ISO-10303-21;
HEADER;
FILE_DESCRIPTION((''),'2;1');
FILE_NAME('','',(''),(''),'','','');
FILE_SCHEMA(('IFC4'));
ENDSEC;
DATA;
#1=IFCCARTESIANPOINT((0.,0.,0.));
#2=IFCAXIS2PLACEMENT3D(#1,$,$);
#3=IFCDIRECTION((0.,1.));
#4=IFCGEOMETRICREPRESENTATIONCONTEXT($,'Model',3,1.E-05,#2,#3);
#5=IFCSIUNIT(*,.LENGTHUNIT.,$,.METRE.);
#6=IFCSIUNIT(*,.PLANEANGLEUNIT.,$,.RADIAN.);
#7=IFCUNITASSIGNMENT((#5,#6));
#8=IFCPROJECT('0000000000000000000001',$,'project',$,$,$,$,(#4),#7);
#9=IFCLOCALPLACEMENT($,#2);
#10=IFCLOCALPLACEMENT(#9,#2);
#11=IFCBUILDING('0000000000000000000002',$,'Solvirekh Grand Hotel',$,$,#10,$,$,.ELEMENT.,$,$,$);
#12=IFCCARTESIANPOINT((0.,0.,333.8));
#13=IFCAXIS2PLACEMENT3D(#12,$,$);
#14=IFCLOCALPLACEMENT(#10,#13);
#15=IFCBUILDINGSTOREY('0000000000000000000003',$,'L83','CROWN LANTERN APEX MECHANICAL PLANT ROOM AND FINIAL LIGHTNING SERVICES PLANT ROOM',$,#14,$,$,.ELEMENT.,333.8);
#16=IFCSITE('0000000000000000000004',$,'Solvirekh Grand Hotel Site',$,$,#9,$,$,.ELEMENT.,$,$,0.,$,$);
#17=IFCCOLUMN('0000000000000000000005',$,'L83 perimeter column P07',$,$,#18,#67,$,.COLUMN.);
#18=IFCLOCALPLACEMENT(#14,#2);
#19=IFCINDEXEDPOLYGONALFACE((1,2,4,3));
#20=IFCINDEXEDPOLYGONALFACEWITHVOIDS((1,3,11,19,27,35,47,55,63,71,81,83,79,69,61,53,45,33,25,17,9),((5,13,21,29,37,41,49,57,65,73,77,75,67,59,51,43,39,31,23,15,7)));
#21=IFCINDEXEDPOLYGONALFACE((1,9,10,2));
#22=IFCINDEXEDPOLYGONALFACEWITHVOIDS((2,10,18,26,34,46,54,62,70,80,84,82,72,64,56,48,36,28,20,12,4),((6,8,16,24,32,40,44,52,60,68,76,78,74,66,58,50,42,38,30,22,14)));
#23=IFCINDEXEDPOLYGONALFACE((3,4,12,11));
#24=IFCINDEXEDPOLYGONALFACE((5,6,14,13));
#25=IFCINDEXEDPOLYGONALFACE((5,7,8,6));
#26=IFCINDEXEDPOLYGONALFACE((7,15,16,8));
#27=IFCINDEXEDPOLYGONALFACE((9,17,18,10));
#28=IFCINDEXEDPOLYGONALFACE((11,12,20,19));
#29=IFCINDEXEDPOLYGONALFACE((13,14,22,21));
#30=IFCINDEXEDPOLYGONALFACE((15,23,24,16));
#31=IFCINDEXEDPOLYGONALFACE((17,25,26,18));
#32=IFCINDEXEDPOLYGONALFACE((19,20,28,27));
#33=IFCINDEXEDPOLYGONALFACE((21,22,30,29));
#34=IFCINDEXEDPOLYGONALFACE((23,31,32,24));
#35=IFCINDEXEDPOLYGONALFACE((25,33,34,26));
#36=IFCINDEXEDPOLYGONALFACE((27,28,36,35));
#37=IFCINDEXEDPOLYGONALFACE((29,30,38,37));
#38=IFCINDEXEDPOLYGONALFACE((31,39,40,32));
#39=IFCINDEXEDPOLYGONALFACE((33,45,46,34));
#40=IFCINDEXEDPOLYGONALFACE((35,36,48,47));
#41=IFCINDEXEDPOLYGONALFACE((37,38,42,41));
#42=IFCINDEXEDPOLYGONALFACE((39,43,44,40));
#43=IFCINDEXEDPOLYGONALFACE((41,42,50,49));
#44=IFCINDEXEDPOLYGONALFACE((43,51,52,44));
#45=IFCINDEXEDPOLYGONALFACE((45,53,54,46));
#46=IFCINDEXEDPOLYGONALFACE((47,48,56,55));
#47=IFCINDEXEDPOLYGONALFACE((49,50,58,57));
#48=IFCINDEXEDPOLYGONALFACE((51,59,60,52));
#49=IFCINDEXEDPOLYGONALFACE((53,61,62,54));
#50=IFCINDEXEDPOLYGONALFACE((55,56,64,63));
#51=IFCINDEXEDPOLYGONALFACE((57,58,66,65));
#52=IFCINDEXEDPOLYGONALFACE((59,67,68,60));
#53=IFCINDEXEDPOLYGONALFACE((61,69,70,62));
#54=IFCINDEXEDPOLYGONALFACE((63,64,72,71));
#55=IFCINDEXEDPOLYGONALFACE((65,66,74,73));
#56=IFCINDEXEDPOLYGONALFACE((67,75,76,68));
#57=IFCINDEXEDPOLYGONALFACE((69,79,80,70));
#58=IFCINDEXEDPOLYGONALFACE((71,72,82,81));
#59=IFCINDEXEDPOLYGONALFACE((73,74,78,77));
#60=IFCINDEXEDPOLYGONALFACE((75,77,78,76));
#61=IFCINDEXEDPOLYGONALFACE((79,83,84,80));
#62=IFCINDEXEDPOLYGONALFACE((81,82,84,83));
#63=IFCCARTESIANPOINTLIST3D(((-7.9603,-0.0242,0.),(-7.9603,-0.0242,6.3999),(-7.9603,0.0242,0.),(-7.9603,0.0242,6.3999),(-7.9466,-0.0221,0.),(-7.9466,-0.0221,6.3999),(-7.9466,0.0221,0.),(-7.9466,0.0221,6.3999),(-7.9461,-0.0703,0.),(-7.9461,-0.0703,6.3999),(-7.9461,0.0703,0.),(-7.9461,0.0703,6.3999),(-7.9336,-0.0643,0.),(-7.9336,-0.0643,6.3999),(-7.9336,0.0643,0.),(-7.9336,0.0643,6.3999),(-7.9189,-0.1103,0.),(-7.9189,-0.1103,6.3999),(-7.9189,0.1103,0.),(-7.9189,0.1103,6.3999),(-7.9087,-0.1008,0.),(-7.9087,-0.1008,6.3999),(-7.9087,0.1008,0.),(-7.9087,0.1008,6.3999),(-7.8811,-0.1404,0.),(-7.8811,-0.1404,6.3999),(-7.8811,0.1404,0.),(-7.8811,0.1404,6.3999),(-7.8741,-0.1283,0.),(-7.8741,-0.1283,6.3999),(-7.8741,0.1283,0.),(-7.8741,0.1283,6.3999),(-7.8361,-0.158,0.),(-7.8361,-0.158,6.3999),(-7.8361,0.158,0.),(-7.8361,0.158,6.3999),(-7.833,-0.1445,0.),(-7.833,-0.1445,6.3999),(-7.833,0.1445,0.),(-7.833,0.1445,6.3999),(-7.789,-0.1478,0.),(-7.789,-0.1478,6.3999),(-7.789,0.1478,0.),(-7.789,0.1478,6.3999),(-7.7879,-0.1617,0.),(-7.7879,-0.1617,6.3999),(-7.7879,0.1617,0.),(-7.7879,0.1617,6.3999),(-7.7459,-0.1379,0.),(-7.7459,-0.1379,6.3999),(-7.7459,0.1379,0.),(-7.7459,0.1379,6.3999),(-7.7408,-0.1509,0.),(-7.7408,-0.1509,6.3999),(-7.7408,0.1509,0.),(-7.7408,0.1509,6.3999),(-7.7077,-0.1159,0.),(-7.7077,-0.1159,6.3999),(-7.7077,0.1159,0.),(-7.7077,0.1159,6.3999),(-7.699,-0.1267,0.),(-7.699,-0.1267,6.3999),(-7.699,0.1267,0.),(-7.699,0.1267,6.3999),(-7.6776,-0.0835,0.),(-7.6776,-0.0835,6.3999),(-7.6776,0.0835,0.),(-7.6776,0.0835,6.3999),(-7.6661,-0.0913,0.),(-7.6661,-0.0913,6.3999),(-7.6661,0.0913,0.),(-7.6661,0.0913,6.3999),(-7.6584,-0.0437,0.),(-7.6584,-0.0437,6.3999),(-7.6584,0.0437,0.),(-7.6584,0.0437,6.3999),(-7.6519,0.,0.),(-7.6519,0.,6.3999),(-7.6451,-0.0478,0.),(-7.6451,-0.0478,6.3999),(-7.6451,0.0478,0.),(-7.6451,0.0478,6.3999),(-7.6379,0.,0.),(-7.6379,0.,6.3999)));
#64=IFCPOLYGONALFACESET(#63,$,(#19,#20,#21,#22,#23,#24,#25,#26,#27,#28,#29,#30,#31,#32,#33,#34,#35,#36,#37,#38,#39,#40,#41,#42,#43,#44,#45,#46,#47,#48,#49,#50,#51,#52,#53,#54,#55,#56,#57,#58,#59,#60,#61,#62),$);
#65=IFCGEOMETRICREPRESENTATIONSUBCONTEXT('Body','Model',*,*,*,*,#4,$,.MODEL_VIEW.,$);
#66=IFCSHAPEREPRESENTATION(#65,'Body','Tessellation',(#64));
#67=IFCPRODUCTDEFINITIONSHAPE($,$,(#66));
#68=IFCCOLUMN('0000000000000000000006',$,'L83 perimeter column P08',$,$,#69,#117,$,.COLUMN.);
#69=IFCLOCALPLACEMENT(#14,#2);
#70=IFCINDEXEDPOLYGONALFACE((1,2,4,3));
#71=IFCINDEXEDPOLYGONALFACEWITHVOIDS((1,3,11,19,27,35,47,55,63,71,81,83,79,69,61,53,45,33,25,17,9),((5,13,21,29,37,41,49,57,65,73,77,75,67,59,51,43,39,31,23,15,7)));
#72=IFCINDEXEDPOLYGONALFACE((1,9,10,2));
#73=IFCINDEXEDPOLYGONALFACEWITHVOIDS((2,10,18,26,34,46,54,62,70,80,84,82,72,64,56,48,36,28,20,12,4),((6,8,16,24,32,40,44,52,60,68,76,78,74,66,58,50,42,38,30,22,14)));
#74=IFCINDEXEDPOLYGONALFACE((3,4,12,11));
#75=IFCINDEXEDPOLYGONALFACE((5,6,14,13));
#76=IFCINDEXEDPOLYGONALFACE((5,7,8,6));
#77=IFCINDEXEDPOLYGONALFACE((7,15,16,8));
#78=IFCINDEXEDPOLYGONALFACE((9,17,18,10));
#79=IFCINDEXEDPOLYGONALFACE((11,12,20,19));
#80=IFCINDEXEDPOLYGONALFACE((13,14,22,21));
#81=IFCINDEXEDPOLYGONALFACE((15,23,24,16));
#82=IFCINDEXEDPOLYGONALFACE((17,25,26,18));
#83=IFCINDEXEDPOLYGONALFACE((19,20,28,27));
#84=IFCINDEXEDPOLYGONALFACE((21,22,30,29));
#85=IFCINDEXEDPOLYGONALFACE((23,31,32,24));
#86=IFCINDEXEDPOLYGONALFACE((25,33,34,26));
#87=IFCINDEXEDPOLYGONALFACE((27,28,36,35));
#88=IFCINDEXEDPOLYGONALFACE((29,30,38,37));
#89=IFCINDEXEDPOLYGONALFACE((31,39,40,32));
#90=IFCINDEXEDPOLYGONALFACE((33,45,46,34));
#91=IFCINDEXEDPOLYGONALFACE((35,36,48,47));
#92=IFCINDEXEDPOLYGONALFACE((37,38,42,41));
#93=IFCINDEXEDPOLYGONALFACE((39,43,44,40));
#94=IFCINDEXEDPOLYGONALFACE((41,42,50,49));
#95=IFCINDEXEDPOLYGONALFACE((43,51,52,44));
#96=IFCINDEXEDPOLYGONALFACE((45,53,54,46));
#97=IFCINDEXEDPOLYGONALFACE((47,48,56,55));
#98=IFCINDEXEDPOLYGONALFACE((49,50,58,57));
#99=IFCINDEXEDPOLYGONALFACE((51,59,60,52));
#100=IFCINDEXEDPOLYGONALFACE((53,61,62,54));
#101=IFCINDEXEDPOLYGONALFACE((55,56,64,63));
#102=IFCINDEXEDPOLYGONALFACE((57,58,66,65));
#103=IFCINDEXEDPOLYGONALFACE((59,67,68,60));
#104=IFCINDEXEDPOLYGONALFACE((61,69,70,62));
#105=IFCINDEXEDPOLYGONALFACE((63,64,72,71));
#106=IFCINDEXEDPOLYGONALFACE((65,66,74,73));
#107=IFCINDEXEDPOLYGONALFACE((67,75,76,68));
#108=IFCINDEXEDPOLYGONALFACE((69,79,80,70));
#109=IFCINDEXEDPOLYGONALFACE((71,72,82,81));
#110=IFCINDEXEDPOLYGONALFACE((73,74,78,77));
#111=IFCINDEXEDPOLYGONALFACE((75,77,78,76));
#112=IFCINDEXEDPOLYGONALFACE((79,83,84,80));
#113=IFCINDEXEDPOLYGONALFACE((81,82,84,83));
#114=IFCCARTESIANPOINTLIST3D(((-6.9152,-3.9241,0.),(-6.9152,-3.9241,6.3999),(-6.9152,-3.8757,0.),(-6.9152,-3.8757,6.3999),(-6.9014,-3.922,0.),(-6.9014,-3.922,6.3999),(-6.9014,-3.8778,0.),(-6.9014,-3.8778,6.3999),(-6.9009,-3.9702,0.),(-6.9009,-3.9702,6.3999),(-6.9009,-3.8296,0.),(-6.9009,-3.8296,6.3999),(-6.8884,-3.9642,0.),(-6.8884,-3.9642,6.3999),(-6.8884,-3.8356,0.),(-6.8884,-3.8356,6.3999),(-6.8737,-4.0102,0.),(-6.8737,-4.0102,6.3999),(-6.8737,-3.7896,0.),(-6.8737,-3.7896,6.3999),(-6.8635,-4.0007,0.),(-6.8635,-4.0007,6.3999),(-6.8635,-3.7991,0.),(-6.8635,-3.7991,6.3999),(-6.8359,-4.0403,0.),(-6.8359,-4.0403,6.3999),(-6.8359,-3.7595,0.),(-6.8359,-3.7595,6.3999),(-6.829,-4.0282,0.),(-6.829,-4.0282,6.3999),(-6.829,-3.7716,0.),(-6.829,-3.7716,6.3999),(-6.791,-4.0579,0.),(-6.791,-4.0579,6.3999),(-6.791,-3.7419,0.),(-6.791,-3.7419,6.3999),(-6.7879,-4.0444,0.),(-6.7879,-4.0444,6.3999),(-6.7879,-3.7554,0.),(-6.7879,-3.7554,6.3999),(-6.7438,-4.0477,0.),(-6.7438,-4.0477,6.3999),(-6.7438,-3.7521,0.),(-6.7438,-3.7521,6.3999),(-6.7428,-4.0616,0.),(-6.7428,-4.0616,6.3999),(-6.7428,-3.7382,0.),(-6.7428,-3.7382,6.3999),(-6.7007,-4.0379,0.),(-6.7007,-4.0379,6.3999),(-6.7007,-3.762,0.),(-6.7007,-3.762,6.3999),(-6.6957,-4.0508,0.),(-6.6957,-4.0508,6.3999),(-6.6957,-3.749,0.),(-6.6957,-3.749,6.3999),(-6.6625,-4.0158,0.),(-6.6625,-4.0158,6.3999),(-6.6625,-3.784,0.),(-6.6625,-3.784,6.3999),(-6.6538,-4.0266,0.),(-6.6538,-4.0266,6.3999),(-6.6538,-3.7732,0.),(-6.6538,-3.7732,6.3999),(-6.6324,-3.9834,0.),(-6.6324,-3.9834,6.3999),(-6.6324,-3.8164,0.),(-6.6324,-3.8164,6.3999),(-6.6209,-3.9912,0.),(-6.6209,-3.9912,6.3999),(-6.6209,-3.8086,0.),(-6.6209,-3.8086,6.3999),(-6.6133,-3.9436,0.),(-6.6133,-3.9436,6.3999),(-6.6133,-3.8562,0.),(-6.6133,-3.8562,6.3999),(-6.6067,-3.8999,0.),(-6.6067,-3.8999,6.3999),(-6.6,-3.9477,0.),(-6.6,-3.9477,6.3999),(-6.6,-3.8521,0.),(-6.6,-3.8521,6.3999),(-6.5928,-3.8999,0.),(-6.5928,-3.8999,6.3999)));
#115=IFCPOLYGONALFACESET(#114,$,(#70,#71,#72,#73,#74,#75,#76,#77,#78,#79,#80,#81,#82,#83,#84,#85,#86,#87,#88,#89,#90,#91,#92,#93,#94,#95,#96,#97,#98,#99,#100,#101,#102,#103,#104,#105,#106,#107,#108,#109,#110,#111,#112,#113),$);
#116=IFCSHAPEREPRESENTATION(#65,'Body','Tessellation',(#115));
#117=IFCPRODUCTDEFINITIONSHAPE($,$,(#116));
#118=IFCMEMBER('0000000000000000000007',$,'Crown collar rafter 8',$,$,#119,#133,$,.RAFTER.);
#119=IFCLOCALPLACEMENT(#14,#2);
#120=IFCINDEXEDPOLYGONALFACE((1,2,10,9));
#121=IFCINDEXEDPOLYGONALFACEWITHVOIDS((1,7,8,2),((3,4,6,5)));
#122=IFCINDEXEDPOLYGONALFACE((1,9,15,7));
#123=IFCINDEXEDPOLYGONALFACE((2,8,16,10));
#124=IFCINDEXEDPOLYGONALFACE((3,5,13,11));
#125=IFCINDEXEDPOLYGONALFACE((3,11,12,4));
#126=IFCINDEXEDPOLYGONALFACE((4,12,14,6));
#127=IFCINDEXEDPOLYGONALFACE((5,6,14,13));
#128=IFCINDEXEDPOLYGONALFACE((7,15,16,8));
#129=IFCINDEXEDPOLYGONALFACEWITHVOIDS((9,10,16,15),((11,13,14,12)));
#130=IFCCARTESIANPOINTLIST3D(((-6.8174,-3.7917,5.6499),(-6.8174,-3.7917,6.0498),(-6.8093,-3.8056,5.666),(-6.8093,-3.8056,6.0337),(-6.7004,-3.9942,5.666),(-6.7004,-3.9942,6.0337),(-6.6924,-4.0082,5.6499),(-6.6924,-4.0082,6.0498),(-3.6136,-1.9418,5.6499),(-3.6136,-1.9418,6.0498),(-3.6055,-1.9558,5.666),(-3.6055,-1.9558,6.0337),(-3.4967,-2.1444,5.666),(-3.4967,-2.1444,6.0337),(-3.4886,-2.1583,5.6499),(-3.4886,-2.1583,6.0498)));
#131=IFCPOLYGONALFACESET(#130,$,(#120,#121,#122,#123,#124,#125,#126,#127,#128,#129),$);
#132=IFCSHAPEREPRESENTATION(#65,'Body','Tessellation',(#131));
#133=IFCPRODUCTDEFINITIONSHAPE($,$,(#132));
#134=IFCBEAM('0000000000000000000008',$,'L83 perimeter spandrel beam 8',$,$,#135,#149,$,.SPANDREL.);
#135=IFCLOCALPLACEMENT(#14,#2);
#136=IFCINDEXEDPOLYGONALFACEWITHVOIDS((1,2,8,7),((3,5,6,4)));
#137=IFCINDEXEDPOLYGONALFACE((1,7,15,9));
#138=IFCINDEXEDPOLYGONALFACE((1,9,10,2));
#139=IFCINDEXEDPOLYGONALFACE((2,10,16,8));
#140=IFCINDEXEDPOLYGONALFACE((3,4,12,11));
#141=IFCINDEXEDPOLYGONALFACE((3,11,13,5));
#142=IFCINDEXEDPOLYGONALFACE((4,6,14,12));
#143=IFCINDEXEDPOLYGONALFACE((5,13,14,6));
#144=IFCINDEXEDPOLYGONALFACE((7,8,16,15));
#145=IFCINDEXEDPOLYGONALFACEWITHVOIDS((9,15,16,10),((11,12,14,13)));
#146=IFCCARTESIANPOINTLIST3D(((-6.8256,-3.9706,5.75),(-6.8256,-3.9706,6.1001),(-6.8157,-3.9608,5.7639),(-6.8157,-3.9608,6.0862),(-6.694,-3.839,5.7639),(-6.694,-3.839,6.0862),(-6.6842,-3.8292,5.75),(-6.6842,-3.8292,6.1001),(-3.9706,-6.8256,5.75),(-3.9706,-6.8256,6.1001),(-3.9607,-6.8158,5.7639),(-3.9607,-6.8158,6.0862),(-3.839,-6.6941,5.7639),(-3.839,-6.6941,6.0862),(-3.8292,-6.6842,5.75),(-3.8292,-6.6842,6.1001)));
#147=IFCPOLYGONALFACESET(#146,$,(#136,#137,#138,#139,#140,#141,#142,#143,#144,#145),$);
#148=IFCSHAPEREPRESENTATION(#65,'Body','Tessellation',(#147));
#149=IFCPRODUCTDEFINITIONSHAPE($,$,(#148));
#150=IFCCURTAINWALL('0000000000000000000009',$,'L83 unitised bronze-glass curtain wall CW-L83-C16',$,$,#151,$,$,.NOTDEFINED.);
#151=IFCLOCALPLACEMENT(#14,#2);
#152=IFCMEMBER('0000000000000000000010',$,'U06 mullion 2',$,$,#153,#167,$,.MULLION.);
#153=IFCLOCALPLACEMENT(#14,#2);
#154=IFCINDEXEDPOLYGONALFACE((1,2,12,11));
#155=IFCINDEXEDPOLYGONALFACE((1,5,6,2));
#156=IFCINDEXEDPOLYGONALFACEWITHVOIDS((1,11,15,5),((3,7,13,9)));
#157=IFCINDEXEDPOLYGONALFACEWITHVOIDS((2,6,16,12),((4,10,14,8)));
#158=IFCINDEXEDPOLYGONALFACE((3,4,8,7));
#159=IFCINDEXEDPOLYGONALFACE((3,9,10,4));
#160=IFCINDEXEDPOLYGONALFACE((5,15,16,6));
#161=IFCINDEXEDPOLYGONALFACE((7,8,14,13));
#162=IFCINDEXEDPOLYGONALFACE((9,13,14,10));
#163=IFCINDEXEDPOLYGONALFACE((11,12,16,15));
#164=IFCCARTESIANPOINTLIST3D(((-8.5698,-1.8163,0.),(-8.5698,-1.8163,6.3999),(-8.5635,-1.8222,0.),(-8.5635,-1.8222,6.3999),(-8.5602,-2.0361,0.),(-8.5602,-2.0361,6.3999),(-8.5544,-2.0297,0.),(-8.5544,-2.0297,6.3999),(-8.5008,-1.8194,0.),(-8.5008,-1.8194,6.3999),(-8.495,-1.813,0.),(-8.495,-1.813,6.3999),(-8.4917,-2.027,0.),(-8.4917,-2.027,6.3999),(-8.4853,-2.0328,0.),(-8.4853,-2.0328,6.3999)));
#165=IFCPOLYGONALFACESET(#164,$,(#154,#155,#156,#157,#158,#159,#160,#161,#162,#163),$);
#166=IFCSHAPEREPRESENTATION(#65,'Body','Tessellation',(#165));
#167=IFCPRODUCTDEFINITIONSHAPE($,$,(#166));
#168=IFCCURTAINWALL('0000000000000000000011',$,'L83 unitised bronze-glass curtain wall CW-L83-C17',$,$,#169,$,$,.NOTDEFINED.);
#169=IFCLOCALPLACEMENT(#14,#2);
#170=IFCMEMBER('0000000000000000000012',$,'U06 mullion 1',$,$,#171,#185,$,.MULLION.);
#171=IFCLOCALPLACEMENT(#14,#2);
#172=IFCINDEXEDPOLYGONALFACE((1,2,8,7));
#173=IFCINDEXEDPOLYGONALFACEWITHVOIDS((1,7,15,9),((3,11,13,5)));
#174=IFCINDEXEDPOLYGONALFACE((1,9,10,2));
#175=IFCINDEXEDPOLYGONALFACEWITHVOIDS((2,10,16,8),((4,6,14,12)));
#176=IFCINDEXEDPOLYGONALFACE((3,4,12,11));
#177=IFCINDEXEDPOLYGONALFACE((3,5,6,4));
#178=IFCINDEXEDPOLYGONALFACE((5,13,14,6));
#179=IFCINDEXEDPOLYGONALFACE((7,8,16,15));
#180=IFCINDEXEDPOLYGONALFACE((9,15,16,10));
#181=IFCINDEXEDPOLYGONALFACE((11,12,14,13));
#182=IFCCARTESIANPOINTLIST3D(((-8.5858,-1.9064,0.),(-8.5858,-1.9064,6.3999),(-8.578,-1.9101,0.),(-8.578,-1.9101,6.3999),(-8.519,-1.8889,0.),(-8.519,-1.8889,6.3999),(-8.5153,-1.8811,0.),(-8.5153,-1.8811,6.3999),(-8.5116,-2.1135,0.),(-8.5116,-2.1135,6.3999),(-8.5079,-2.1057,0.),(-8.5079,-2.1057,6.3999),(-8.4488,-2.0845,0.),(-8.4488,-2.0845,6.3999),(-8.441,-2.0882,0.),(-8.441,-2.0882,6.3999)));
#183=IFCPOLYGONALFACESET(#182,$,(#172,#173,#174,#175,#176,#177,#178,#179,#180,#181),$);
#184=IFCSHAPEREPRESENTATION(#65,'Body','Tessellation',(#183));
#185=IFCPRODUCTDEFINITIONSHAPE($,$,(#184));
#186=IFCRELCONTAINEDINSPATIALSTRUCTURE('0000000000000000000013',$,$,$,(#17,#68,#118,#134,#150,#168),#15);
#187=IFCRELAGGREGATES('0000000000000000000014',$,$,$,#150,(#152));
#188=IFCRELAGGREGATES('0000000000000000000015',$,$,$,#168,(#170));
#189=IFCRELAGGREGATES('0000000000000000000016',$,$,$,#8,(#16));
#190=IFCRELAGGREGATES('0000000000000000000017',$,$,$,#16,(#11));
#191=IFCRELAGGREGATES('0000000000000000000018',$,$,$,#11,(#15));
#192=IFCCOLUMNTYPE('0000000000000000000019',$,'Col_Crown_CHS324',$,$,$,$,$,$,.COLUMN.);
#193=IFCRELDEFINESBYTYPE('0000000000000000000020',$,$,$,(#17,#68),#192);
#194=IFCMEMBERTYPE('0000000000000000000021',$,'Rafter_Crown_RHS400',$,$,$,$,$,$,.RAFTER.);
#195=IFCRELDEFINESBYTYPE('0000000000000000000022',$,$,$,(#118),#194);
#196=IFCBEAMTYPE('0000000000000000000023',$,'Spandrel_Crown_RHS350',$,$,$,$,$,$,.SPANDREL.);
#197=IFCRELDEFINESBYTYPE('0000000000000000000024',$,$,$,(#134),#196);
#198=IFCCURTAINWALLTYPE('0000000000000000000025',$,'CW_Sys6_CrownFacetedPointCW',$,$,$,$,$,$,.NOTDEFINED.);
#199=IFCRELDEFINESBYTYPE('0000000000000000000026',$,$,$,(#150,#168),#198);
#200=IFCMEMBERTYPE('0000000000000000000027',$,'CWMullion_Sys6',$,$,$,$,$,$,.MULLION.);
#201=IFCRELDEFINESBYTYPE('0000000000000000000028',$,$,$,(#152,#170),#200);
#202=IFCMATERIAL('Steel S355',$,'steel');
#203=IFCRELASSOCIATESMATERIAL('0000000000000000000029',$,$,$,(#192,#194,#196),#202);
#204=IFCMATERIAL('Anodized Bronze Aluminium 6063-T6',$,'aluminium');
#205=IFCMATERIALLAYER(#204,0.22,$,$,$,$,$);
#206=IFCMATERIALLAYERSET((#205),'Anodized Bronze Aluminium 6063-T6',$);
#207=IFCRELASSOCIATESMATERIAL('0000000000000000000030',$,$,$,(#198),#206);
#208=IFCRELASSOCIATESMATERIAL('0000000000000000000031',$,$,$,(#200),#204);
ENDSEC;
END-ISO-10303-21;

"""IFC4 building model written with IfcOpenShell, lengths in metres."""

from ifc_helpers import new_model, si_unit, direction, frame, origin, origin_2d, place, context, subcontext, project, spatial, hollow_rectangle, hollow_circle, extrude, source, transform, mapped, material, layer, layer_set, material_profile, profile_set, type_object, element, aggregate, save


model = new_model("IFC4")

# Units and contexts
model_context = context("Model", 3, precision=1e-05, world=origin(), true_north=direction((0.0, 1.0)))
body_context = subcontext(model_context, "Body", "Model", "MODEL_VIEW")
ifc_project = project(units=[si_unit("LENGTHUNIT", "METRE"), si_unit("PLANEANGLEUNIT", "RADIAN")], contexts=[model_context])

# Site, building, storey
site_placement = place(None, origin())
site = spatial("IfcSite", under=ifc_project, at=site_placement, Name="Solvirekh Grand Hotel Site", CompositionType="ELEMENT", RefElevation=0.0)
building_placement = place(site_placement, origin())
building = spatial("IfcBuilding", under=site, at=building_placement, Name="Solvirekh Grand Hotel", CompositionType="ELEMENT")
storey_placement = place(building_placement, frame((0.0, 0.0, 333.8)))
storey = spatial("IfcBuildingStorey", under=building, at=storey_placement, Name="L83", Description="CROWN LANTERN APEX MECHANICAL PLANT ROOM AND FINIAL LIGHTNING SERVICES PLANT ROOM", CompositionType="ELEMENT", Elevation=333.8)

# Columns
ifc_material_1 = material(Name="Steel S355", Category="steel")
ifc_material_profile_1 = material_profile(ifc_material_1, hollow_circle(Radius=0.1621, WallThickness=0.0139, at=origin_2d()), Name="CHS 324X14")
ifc_profile_set_1 = profile_set([ifc_material_profile_1], Name="Steel S355")
column_type = type_object("IfcColumnType", Name="Col_Crown_CHS324", PredefinedType="COLUMN", material=ifc_profile_set_1)
for number, where, z_axis, x_axis, name in (
    (1, (-7.8, 0.0, 0.0), (0.0, 0.0, 1.0), (1.0, 0.0, 0.0), "L83 perimeter column P07"),
    (2, (-6.7549, -3.8999, 0.0), (0.0, 0.0, 1.0), (1.0, 0.0, 0.0), "L83 perimeter column P08"),
):
    element("IfcColumn", number, at=place(storey_placement, frame(where, z_axis=z_axis, x_axis=x_axis)), inside=storey, type_object=column_type, Name=name, PredefinedType="COLUMN", context=body_context, shape_type="SweptSolid", body=[
        extrude(hollow_circle(Radius=0.1621, WallThickness=0.0139, at=origin_2d()), origin(), (0.0, 0.0, 1.0), 6.3999),
    ])

# Member
ifc_material_profile_2 = material_profile(ifc_material_1, hollow_rectangle(XDim=0.25, YDim=0.3999, WallThickness=0.0161, at=origin_2d()), Name="RHS 400X250X16")
ifc_profile_set_2 = profile_set([ifc_material_profile_2], Name="Steel S355")
member_type_1 = type_object("IfcMemberType", Name="Rafter_Crown_RHS400", PredefinedType="RAFTER", material=ifc_profile_set_2)
member_1_placement = place(storey_placement, frame((-6.7549, -3.8999, 5.8499), z_axis=(0.866013, 0.500021, 0.0), x_axis=(-0.500021, 0.866013, 0.0)))
element("IfcMember", 3, at=member_1_placement, inside=storey, type_object=member_type_1, Name="Crown collar rafter 8", PredefinedType="RAFTER", context=body_context, shape_type="SweptSolid", body=[
    extrude(hollow_rectangle(XDim=0.25, YDim=0.3999, WallThickness=0.0161, at=origin_2d()), origin(), (0.0, 0.0, 1.0), 3.6995),
])

# Beam
ifc_material_profile_3 = material_profile(ifc_material_1, hollow_rectangle(XDim=0.2, YDim=0.3501, WallThickness=0.0139, at=origin_2d()), Name="RHS 350X200X14")
ifc_profile_set_3 = profile_set([ifc_material_profile_3], Name="Steel S355")
beam_type = type_object("IfcBeamType", Name="Spandrel_Crown_RHS350", PredefinedType="SPANDREL", material=ifc_profile_set_3)
beam_placement = place(storey_placement, frame((-6.7549, -3.8999, 5.925), z_axis=(0.707107, -0.707107, 0.0), x_axis=(0.707107, 0.707107, 0.0)))
element("IfcBeam", 4, at=beam_placement, inside=storey, type_object=beam_type, Name="L83 perimeter spandrel beam 8", PredefinedType="SPANDREL", context=body_context, shape_type="SweptSolid", body=[
    extrude(hollow_rectangle(XDim=0.2, YDim=0.3501, WallThickness=0.0139, at=origin_2d()), origin(), (0.0, 0.0, 1.0), 4.0376),
])

# Curtain wall, member
ifc_material_2 = material(Name="Anodized Bronze Aluminium 6063-T6", Category="aluminium")
ifc_layer_1 = layer(ifc_material_2, 0.22)
ifc_layer_set_1 = layer_set([ifc_layer_1], Name="Anodized Bronze Aluminium 6063-T6")
curtain_wall_type = type_object("IfcCurtainWallType", Name="CW_Sys6_CrownFacetedPointCW", PredefinedType="NOTDEFINED", material=ifc_layer_set_1)
curtain_wall_1_placement = place(storey_placement, origin())
curtain_wall_1 = element("IfcCurtainWall", 5, at=curtain_wall_1_placement, inside=storey, type_object=curtain_wall_type, Name="L83 unitised bronze-glass curtain wall CW-L83-C16", PredefinedType="NOTDEFINED")
ifc_material_profile_4 = material_profile(ifc_material_2, hollow_rectangle(XDim=0.075, YDim=0.22, WallThickness=0.0061, at=origin_2d()), Name="ALU RHS 220X75X6")
ifc_profile_set_4 = profile_set([ifc_material_profile_4], Name="Anodized Bronze Aluminium 6063-T6")
member_type_2 = type_object("IfcMemberType", Name="CWMullion_Sys6", PredefinedType="MULLION", material=ifc_profile_set_4)
shared_shape_1 = source(origin(), body_context, "Body", "SweptSolid", [
    extrude(hollow_rectangle(XDim=0.075, YDim=0.22, WallThickness=0.0061, at=origin_2d()), origin(), (0.0, 0.0, 1.0), 6.3999),
])
member_2_placement = place(storey_placement, frame((-8.5276, -1.9246, 0.0), z_axis=(0.0, 0.0, 1.0), x_axis=(0.999038, 0.043845, 0.0)))
member_2 = element("IfcMember", 6, at=member_2_placement, type_object=member_type_2, Name="U06 mullion 2", PredefinedType="MULLION", context=body_context, shape_type="MappedRepresentation", body=[
    mapped(shared_shape_1, transform((0.0, 0.0, 0.0), x_axis=(1.0, 0.0, 0.0), y_axis=(0.0, 1.0, 0.0), z_axis=(0.0, 0.0, 1.0), scale=1.0)),
])

# Curtain wall, member
curtain_wall_2_placement = place(storey_placement, origin())
curtain_wall_2 = element("IfcCurtainWall", 7, at=curtain_wall_2_placement, inside=storey, type_object=curtain_wall_type, Name="L83 unitised bronze-glass curtain wall CW-L83-C17", PredefinedType="NOTDEFINED")
member_3_placement = place(storey_placement, frame((-8.5134, -1.9973, 0.0), z_axis=(0.0, 0.0, 1.0), x_axis=(0.941312, 0.337538, 0.0)))
member_3 = element("IfcMember", 8, at=member_3_placement, type_object=member_type_2, Name="U06 mullion 1", PredefinedType="MULLION", context=body_context, shape_type="MappedRepresentation", body=[
    mapped(shared_shape_1, transform((0.0, 0.0, 0.0), x_axis=(1.0, 0.0, 0.0), y_axis=(0.0, 1.0, 0.0), z_axis=(0.0, 0.0, 1.0), scale=1.0)),
])

aggregate(curtain_wall_1, [member_2])
aggregate(curtain_wall_2, [member_3])

save(model, "model.ifc")
